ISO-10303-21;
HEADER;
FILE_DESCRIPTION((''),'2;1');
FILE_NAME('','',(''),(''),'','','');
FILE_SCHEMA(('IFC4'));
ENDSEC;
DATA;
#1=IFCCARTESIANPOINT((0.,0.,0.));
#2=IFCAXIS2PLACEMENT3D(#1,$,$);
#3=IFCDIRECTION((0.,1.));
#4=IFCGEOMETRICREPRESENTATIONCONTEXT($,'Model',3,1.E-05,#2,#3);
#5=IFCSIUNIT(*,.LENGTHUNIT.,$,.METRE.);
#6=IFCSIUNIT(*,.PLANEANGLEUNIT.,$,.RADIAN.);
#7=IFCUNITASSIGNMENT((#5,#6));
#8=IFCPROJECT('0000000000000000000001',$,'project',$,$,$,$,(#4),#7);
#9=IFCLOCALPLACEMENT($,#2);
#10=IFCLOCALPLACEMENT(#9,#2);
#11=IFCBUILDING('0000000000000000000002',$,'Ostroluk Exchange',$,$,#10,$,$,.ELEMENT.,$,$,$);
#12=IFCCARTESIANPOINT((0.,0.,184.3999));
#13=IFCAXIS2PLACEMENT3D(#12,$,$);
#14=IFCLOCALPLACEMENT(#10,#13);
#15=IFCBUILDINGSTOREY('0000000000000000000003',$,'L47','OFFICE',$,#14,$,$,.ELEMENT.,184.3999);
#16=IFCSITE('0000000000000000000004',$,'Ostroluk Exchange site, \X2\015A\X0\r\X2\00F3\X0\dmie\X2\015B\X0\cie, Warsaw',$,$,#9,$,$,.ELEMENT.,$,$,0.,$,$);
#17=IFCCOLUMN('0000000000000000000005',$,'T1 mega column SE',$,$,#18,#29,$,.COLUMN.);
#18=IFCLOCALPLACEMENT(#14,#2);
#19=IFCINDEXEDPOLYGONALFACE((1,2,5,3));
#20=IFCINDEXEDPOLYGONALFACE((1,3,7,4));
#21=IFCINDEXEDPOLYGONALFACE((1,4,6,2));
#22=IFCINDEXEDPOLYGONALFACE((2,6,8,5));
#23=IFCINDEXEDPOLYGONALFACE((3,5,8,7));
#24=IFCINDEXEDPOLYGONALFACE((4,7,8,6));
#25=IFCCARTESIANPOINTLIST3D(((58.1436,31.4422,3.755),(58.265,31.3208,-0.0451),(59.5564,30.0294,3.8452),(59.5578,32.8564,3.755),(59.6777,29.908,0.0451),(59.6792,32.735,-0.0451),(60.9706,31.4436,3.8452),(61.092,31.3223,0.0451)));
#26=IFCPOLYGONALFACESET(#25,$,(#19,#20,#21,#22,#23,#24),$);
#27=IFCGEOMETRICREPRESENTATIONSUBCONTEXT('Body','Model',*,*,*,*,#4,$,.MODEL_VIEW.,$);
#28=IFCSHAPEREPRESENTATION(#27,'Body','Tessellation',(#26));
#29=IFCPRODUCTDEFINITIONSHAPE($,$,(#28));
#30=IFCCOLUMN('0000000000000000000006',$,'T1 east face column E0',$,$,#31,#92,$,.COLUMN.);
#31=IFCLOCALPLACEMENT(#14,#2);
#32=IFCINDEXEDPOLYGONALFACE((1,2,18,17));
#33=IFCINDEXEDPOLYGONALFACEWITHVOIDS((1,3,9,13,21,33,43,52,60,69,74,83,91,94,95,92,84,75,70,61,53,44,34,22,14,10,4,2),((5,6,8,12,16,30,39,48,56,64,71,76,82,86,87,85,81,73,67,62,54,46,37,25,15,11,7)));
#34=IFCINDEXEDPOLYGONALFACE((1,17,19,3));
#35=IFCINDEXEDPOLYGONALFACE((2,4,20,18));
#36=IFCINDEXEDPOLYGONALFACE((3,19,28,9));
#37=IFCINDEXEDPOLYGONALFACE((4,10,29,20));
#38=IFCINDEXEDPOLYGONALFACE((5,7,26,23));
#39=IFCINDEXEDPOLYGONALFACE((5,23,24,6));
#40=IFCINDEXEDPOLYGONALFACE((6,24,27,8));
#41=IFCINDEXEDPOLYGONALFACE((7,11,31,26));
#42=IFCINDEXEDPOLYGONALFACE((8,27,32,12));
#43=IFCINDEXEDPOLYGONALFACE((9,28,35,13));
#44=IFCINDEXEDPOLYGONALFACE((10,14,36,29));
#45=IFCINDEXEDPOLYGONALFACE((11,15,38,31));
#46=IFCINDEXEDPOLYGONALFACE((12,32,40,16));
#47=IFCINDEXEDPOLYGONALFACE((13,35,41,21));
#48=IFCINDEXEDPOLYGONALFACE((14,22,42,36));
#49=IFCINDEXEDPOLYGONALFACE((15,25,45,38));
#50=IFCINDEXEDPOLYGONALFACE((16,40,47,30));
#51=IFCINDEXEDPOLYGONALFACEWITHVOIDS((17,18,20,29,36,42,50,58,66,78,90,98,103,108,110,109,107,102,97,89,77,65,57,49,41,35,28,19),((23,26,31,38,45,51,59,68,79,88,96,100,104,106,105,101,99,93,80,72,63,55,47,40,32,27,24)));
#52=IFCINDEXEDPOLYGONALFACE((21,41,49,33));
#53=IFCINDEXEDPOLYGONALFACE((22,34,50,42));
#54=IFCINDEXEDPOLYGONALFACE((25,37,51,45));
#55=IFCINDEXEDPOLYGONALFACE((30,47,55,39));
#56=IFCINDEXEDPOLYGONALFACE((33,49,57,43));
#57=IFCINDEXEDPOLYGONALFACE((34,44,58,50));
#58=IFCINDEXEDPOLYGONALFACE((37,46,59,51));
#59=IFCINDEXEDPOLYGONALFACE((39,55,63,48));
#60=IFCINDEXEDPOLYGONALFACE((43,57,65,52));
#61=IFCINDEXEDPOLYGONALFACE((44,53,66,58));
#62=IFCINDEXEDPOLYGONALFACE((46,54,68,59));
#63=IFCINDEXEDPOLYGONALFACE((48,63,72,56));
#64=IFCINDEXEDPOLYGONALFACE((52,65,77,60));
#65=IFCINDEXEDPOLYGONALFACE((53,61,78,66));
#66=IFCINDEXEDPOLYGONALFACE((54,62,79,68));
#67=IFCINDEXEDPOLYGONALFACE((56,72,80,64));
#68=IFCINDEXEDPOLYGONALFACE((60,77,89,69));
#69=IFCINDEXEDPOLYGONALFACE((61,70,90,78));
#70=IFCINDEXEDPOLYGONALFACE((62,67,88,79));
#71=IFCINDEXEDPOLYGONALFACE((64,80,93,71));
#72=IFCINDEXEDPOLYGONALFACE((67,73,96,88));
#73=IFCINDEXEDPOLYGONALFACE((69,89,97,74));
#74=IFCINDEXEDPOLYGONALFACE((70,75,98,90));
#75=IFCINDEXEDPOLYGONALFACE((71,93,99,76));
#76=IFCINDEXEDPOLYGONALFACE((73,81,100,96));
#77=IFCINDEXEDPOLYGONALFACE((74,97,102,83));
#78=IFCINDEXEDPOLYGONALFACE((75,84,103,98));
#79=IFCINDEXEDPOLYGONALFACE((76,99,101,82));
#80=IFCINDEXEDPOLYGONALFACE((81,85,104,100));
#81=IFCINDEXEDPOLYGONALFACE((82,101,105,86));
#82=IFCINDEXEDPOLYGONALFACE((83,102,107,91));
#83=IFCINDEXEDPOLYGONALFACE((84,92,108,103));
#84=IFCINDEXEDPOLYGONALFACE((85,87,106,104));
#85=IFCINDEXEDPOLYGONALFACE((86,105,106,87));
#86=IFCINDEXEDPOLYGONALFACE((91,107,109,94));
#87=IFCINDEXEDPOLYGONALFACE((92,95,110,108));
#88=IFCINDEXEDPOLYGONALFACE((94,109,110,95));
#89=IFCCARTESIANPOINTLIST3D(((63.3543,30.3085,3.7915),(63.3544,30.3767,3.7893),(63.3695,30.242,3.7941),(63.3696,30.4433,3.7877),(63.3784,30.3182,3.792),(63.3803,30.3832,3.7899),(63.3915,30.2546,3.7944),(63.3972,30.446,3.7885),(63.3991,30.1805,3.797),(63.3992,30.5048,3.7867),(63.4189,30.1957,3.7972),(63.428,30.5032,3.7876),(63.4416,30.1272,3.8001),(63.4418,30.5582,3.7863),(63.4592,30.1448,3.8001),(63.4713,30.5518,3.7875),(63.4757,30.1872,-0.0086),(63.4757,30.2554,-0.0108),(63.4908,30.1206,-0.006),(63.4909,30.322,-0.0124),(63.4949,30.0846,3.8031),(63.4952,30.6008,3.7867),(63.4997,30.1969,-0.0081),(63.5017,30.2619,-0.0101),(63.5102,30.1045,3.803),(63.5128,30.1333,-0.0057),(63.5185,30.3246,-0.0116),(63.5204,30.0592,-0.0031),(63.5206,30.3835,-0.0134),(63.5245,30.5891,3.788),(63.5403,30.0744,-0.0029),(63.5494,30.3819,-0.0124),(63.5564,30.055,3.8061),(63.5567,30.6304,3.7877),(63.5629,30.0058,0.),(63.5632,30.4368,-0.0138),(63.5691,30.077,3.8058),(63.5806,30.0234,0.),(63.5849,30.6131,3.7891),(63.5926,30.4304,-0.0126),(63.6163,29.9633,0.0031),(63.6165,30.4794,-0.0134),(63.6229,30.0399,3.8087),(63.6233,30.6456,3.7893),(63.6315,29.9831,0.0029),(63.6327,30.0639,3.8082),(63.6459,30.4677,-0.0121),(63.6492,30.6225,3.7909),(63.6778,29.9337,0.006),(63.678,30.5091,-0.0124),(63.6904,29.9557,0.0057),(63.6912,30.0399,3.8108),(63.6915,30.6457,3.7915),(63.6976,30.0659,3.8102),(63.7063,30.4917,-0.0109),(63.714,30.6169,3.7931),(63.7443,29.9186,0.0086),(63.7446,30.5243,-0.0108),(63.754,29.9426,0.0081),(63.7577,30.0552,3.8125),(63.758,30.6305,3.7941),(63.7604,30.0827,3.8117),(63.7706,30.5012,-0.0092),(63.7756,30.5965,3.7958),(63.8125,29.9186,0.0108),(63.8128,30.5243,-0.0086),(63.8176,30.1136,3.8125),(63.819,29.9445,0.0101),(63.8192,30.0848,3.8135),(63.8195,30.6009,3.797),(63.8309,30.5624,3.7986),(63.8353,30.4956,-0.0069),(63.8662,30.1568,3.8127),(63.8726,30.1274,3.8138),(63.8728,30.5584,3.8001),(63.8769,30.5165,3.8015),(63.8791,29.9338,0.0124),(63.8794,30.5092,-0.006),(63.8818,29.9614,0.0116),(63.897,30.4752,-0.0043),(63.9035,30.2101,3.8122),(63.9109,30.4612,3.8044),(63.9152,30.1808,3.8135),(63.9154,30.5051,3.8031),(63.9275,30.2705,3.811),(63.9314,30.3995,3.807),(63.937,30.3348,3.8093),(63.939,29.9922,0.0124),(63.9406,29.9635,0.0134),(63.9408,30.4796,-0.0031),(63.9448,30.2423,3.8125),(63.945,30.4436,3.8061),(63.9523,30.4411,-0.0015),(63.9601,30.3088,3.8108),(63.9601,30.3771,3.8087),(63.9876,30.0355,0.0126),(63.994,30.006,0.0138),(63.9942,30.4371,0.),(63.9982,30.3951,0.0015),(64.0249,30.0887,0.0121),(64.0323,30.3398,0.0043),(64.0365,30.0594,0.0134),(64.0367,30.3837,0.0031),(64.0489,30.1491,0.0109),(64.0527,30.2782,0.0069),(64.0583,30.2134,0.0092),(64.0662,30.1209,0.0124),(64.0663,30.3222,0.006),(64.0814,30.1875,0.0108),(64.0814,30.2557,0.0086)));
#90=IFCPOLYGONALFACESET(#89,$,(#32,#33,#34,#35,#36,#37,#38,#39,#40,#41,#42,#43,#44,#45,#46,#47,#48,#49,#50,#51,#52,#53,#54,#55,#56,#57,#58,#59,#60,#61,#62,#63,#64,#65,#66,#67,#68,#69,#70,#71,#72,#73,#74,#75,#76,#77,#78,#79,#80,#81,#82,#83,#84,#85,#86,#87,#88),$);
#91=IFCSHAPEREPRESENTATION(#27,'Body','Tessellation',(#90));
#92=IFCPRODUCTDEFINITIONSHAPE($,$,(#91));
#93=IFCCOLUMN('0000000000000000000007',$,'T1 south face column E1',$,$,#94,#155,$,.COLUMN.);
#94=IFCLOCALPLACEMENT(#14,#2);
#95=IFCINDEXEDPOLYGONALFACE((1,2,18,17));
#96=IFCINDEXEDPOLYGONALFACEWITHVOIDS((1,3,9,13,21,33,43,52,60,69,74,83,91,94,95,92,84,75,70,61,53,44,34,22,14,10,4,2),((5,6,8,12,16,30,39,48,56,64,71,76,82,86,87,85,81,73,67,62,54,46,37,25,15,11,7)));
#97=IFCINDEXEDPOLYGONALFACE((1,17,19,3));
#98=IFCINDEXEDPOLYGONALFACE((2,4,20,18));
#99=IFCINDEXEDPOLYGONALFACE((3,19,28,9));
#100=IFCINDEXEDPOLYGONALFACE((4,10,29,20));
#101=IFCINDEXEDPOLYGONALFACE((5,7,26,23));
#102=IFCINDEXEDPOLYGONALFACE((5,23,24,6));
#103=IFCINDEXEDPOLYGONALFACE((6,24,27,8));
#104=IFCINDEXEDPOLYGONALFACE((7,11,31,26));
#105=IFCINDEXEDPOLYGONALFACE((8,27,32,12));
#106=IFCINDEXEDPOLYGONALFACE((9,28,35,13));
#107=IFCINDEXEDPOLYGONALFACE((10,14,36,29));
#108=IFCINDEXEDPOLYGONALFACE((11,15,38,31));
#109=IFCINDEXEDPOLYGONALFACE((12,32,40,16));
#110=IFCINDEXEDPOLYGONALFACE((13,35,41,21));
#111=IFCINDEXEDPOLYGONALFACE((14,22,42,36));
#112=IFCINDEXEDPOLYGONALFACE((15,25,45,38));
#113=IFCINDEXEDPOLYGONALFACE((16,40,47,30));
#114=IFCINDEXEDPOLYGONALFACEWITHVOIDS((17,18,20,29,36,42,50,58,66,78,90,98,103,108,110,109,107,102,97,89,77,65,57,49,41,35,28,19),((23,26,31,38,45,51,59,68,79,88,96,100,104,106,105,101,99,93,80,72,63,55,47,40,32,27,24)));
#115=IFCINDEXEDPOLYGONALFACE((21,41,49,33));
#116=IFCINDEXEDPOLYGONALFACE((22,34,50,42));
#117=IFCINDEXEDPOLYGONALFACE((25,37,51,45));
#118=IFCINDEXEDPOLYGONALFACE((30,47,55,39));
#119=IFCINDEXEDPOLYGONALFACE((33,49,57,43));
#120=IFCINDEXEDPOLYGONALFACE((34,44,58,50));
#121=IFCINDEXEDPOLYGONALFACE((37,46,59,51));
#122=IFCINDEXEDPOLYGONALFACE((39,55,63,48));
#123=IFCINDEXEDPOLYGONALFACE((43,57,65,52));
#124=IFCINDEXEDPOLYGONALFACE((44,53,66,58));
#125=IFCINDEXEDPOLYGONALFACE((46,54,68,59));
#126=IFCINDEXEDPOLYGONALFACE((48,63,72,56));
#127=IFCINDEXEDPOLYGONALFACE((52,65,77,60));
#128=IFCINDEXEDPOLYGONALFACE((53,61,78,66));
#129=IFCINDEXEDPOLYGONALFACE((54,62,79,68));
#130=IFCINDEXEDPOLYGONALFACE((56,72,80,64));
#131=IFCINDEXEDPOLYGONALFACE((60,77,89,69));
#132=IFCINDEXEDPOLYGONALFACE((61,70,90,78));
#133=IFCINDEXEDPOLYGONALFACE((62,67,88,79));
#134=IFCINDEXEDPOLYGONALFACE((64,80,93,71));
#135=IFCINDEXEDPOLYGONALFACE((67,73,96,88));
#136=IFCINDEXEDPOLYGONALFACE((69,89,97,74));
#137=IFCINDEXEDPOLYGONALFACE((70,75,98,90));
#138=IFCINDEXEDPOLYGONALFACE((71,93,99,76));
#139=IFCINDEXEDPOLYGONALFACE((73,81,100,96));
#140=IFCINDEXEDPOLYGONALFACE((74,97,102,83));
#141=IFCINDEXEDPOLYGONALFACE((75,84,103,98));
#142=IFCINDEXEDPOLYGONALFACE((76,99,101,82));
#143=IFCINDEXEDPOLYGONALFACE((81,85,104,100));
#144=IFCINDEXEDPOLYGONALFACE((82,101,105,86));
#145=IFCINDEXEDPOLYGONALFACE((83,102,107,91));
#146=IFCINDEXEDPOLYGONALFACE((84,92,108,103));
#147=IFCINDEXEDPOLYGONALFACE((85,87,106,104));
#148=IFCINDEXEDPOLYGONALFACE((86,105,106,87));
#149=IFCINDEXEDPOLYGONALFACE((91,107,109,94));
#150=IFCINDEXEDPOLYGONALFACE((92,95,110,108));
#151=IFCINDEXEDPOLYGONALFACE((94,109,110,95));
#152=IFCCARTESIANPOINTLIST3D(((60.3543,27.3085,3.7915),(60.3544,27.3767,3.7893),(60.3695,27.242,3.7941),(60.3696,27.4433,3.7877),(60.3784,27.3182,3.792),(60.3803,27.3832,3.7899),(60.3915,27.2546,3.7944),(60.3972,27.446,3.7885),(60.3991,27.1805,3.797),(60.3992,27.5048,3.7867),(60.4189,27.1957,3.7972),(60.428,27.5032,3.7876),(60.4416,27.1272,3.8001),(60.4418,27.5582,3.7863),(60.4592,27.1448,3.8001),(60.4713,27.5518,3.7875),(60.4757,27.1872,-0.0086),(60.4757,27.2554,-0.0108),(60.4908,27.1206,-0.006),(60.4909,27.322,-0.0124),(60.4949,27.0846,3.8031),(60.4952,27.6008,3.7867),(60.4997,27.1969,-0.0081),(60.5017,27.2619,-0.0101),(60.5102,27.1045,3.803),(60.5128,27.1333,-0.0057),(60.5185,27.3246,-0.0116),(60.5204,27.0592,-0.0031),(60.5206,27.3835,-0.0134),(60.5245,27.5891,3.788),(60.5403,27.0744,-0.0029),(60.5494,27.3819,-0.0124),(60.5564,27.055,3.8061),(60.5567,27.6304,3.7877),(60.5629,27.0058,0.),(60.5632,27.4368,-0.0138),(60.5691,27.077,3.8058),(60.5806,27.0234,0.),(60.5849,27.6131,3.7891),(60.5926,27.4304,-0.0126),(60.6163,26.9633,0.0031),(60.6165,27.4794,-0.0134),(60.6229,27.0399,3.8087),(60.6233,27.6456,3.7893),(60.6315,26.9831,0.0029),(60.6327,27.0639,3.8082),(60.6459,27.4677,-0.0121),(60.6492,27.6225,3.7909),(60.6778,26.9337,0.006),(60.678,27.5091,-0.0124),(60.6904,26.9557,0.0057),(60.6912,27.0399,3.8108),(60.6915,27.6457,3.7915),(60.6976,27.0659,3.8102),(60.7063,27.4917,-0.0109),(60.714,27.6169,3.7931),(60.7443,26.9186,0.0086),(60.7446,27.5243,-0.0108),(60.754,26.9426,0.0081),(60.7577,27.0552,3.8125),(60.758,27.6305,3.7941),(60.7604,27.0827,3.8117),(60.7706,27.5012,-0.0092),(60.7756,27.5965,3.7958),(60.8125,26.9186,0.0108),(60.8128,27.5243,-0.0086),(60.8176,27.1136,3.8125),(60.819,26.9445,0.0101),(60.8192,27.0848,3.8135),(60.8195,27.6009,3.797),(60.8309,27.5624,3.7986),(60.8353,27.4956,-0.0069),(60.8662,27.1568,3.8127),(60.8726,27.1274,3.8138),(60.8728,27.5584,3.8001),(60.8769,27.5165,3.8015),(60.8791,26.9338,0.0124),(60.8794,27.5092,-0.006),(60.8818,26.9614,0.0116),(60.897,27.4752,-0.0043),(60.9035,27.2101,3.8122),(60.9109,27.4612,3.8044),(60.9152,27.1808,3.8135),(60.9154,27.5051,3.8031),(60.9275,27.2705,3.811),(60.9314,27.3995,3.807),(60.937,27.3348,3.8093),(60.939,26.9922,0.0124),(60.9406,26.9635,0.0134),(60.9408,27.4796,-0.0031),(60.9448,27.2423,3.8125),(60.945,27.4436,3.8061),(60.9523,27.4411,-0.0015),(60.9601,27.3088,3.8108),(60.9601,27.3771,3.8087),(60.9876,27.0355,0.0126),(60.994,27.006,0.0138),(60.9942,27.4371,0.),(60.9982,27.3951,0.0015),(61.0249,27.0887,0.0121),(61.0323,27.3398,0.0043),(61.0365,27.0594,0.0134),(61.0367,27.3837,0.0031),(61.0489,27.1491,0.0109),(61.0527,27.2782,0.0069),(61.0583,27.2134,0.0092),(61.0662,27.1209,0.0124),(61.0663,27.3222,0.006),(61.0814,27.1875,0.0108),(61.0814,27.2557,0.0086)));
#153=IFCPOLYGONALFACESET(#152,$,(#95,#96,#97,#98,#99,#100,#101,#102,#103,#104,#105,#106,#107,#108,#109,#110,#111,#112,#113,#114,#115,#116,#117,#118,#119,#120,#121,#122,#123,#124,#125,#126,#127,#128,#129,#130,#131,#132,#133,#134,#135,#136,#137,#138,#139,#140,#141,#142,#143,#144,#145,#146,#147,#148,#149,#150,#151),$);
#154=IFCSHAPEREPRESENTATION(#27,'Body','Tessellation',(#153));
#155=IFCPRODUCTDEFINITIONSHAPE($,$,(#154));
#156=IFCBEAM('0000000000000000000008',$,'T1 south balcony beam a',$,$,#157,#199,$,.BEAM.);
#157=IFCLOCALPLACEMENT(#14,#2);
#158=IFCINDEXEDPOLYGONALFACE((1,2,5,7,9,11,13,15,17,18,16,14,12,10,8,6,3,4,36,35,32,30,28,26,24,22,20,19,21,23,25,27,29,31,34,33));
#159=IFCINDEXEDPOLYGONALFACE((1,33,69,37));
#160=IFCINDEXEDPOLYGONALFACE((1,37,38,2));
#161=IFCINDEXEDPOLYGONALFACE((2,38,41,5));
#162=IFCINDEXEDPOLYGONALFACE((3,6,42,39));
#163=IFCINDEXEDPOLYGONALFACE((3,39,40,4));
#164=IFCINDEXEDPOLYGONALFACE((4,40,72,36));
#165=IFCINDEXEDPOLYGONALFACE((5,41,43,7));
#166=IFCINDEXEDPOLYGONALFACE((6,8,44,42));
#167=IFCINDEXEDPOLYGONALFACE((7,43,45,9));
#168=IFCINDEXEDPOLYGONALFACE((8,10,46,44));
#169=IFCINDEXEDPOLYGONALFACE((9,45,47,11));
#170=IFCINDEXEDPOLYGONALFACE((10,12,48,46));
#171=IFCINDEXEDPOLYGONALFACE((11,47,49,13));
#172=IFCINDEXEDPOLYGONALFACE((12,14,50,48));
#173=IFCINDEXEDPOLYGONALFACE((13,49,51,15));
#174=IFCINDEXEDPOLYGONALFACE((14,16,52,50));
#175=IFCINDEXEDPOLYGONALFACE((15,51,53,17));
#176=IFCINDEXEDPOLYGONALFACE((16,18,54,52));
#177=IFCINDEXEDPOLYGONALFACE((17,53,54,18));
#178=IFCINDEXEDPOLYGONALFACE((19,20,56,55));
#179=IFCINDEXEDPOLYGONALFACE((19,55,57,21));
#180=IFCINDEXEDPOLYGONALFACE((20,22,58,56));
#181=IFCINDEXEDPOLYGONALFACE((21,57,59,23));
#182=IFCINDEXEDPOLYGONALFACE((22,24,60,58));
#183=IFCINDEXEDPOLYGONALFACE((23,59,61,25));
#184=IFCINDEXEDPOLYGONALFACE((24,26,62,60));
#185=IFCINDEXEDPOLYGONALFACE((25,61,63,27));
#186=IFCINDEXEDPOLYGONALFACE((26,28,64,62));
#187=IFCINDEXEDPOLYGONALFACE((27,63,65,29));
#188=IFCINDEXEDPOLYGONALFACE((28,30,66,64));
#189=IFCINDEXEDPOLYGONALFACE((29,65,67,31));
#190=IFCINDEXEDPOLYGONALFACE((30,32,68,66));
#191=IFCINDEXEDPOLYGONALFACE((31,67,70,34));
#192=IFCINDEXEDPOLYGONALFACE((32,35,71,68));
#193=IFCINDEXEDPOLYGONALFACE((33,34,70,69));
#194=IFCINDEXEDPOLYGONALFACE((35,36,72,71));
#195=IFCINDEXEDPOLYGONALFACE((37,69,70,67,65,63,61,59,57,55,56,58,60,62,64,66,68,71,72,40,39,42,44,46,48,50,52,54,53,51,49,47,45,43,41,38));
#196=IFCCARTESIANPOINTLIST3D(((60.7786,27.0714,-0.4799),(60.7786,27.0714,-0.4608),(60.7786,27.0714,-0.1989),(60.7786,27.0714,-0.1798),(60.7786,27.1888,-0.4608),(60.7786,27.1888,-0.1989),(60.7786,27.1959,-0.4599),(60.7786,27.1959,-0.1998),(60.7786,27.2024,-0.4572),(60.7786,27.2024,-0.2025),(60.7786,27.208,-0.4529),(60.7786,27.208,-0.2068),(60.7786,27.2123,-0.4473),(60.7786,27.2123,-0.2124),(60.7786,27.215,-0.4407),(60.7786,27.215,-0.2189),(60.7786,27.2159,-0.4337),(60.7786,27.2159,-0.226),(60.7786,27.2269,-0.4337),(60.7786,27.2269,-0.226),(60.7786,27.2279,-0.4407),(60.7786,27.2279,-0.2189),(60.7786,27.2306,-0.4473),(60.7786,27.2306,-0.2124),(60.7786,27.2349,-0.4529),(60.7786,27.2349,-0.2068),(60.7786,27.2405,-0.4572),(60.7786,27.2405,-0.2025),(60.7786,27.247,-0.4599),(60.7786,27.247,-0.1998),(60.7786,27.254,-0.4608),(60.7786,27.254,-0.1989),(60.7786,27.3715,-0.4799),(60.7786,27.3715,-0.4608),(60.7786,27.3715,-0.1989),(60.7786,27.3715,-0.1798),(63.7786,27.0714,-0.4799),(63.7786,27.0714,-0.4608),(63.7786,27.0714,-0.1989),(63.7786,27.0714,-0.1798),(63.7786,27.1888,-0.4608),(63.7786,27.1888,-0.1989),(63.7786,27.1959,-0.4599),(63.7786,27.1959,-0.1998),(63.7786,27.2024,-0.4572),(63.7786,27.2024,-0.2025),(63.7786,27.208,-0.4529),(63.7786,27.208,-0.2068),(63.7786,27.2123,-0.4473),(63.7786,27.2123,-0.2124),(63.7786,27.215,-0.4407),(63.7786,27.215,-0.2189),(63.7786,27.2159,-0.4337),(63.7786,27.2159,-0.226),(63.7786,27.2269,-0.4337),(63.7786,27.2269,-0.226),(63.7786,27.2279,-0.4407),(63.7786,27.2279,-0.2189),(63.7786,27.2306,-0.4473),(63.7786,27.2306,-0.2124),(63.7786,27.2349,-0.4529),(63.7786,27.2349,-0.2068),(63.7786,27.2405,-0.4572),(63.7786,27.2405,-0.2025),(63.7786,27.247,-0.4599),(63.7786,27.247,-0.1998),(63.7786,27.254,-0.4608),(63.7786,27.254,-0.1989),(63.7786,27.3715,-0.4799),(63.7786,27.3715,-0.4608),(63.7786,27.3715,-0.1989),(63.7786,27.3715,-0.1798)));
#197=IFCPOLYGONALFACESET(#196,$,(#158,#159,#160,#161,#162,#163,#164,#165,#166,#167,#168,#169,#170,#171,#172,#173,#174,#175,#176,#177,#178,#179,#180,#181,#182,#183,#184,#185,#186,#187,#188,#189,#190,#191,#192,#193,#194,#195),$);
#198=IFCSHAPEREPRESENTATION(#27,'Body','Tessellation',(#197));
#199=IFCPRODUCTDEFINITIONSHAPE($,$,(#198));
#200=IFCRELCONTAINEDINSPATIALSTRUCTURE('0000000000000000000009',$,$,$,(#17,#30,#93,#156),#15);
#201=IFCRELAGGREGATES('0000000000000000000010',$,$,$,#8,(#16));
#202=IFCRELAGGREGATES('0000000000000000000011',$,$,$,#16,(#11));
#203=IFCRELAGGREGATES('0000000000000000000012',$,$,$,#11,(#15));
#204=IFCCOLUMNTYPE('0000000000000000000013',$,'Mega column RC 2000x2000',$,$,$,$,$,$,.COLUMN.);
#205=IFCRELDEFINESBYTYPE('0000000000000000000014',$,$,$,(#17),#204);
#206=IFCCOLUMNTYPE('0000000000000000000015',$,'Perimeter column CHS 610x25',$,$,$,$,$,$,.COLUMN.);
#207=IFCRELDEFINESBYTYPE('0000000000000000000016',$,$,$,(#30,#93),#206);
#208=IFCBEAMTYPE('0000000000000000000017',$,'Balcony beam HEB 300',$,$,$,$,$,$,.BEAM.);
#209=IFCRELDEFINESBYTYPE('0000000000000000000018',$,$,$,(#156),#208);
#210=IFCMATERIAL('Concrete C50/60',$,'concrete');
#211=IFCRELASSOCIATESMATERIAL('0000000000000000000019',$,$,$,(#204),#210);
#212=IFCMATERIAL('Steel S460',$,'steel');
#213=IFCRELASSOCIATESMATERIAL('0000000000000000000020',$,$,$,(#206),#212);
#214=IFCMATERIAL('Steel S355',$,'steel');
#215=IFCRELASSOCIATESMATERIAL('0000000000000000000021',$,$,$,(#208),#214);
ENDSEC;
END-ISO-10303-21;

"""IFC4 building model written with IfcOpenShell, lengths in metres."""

from ifc_helpers import new_model, si_unit, direction, frame, origin, origin_2d, place, context, subcontext, project, spatial, rectangle, hollow_circle, i_section, extrude, material, material_profile, profile_set, type_object, element, save


model = new_model("IFC4")

# Units and contexts
model_context = context("Model", 3, precision=1e-05, world=origin(), true_north=direction((0.0, 1.0)))
body_context = subcontext(model_context, "Body", "Model", "MODEL_VIEW")
ifc_project = project(units=[si_unit("LENGTHUNIT", "METRE"), si_unit("PLANEANGLEUNIT", "RADIAN")], contexts=[model_context])

# Site, building, storey
site_placement = place(None, origin())
site = spatial("IfcSite", under=ifc_project, at=site_placement, Name="Ostroluk Exchange site, Śródmieście, Warsaw", CompositionType="ELEMENT", RefElevation=0.0)
building_placement = place(site_placement, origin())
building = spatial("IfcBuilding", under=site, at=building_placement, Name="Ostroluk Exchange", CompositionType="ELEMENT")
storey_placement = place(building_placement, frame((0.0, 0.0, 184.3999)))
storey = spatial("IfcBuildingStorey", under=building, at=storey_placement, Name="L47", Description="OFFICE", CompositionType="ELEMENT", Elevation=184.3999)

# Columns
ifc_material_1 = material(Name="Concrete C50/60", Category="concrete")
ifc_material_profile_1 = material_profile(ifc_material_1, rectangle(XDim=2.0, YDim=2.0, at=origin_2d()), Name="RC 2000x2000")
ifc_profile_set_1 = profile_set([ifc_material_profile_1], Name="Concrete C50/60")
column_type_1 = type_object("IfcColumnType", Name="Mega column RC 2000x2000", PredefinedType="COLUMN", material=ifc_profile_set_1)
column_placement = place(storey_placement, frame((59.6785, 31.3215, 0.0), z_axis=(-0.031898, 0.031898, 0.998982), x_axis=(-0.707107, -0.707107, 0.0)))
element("IfcColumn", 1, at=column_placement, inside=storey, type_object=column_type_1, Name="T1 mega column SE", PredefinedType="COLUMN", context=body_context, shape_type="SweptSolid", body=[
    extrude(rectangle(XDim=2.0, YDim=2.0, at=origin_2d()), origin(), (0.0, 0.0, 1.0), 3.804),
])
ifc_material_2 = material(Name="Steel S460", Category="steel")
ifc_material_profile_2 = material_profile(ifc_material_2, hollow_circle(Radius=0.3049, WallThickness=0.0249, at=origin_2d()), Name="CHS 610x25")
ifc_profile_set_2 = profile_set([ifc_material_profile_2], Name="Steel S460")
column_type_2 = type_object("IfcColumnType", Name="Perimeter column CHS 610x25", PredefinedType="COLUMN", material=ifc_profile_set_2)
for number, where, z_axis, x_axis, name in (
    (2, (63.7786, 30.2214, 0.0), (-0.031898, 0.031898, 0.998982), (-0.707107, -0.707107, 0.0), "T1 east face column E0"),
    (3, (60.7786, 27.2214, 0.0), (-0.031898, 0.031898, 0.998982), (-0.707107, -0.707107, 0.0), "T1 south face column E1"),
):
    element("IfcColumn", number, at=place(storey_placement, frame(where, z_axis=z_axis, x_axis=x_axis)), inside=storey, type_object=column_type_2, Name=name, PredefinedType="COLUMN", context=body_context, shape_type="SweptSolid", body=[
        extrude(hollow_circle(Radius=0.3049, WallThickness=0.0249, at=origin_2d()), origin(), (0.0, 0.0, 1.0), 3.804),
    ])

# Beam
ifc_material_3 = material(Name="Steel S355", Category="steel")
ifc_material_profile_3 = material_profile(ifc_material_3, i_section(OverallWidth=0.3, OverallDepth=0.3, WebThickness=0.011, FlangeThickness=0.019, FilletRadius=0.0271, at=origin_2d()), Name="HEB 300")
ifc_profile_set_3 = profile_set([ifc_material_profile_3], Name="Steel S355")
beam_type_1 = type_object("IfcBeamType", Name="Balcony beam HEB 300", PredefinedType="BEAM", material=ifc_profile_set_3)
for number, where, z_axis, x_axis, name in (
    (4, (60.7786, 27.2214, -0.3298), (1.0, 0.0, 0.0), (0.0, 1.0, 0.0), "T1 south balcony beam a"),
):
    element("IfcBeam", number, at=place(storey_placement, frame(where, z_axis=z_axis, x_axis=x_axis)), inside=storey, type_object=beam_type_1, Name=name, PredefinedType="BEAM", context=body_context, shape_type="SweptSolid", body=[
        extrude(i_section(OverallWidth=0.3, OverallDepth=0.3, WebThickness=0.011, FlangeThickness=0.019, FilletRadius=0.0271, at=origin_2d()), origin(), (0.0, 0.0, 1.0), 3.0),
    ])

save(model, "model.ifc")
